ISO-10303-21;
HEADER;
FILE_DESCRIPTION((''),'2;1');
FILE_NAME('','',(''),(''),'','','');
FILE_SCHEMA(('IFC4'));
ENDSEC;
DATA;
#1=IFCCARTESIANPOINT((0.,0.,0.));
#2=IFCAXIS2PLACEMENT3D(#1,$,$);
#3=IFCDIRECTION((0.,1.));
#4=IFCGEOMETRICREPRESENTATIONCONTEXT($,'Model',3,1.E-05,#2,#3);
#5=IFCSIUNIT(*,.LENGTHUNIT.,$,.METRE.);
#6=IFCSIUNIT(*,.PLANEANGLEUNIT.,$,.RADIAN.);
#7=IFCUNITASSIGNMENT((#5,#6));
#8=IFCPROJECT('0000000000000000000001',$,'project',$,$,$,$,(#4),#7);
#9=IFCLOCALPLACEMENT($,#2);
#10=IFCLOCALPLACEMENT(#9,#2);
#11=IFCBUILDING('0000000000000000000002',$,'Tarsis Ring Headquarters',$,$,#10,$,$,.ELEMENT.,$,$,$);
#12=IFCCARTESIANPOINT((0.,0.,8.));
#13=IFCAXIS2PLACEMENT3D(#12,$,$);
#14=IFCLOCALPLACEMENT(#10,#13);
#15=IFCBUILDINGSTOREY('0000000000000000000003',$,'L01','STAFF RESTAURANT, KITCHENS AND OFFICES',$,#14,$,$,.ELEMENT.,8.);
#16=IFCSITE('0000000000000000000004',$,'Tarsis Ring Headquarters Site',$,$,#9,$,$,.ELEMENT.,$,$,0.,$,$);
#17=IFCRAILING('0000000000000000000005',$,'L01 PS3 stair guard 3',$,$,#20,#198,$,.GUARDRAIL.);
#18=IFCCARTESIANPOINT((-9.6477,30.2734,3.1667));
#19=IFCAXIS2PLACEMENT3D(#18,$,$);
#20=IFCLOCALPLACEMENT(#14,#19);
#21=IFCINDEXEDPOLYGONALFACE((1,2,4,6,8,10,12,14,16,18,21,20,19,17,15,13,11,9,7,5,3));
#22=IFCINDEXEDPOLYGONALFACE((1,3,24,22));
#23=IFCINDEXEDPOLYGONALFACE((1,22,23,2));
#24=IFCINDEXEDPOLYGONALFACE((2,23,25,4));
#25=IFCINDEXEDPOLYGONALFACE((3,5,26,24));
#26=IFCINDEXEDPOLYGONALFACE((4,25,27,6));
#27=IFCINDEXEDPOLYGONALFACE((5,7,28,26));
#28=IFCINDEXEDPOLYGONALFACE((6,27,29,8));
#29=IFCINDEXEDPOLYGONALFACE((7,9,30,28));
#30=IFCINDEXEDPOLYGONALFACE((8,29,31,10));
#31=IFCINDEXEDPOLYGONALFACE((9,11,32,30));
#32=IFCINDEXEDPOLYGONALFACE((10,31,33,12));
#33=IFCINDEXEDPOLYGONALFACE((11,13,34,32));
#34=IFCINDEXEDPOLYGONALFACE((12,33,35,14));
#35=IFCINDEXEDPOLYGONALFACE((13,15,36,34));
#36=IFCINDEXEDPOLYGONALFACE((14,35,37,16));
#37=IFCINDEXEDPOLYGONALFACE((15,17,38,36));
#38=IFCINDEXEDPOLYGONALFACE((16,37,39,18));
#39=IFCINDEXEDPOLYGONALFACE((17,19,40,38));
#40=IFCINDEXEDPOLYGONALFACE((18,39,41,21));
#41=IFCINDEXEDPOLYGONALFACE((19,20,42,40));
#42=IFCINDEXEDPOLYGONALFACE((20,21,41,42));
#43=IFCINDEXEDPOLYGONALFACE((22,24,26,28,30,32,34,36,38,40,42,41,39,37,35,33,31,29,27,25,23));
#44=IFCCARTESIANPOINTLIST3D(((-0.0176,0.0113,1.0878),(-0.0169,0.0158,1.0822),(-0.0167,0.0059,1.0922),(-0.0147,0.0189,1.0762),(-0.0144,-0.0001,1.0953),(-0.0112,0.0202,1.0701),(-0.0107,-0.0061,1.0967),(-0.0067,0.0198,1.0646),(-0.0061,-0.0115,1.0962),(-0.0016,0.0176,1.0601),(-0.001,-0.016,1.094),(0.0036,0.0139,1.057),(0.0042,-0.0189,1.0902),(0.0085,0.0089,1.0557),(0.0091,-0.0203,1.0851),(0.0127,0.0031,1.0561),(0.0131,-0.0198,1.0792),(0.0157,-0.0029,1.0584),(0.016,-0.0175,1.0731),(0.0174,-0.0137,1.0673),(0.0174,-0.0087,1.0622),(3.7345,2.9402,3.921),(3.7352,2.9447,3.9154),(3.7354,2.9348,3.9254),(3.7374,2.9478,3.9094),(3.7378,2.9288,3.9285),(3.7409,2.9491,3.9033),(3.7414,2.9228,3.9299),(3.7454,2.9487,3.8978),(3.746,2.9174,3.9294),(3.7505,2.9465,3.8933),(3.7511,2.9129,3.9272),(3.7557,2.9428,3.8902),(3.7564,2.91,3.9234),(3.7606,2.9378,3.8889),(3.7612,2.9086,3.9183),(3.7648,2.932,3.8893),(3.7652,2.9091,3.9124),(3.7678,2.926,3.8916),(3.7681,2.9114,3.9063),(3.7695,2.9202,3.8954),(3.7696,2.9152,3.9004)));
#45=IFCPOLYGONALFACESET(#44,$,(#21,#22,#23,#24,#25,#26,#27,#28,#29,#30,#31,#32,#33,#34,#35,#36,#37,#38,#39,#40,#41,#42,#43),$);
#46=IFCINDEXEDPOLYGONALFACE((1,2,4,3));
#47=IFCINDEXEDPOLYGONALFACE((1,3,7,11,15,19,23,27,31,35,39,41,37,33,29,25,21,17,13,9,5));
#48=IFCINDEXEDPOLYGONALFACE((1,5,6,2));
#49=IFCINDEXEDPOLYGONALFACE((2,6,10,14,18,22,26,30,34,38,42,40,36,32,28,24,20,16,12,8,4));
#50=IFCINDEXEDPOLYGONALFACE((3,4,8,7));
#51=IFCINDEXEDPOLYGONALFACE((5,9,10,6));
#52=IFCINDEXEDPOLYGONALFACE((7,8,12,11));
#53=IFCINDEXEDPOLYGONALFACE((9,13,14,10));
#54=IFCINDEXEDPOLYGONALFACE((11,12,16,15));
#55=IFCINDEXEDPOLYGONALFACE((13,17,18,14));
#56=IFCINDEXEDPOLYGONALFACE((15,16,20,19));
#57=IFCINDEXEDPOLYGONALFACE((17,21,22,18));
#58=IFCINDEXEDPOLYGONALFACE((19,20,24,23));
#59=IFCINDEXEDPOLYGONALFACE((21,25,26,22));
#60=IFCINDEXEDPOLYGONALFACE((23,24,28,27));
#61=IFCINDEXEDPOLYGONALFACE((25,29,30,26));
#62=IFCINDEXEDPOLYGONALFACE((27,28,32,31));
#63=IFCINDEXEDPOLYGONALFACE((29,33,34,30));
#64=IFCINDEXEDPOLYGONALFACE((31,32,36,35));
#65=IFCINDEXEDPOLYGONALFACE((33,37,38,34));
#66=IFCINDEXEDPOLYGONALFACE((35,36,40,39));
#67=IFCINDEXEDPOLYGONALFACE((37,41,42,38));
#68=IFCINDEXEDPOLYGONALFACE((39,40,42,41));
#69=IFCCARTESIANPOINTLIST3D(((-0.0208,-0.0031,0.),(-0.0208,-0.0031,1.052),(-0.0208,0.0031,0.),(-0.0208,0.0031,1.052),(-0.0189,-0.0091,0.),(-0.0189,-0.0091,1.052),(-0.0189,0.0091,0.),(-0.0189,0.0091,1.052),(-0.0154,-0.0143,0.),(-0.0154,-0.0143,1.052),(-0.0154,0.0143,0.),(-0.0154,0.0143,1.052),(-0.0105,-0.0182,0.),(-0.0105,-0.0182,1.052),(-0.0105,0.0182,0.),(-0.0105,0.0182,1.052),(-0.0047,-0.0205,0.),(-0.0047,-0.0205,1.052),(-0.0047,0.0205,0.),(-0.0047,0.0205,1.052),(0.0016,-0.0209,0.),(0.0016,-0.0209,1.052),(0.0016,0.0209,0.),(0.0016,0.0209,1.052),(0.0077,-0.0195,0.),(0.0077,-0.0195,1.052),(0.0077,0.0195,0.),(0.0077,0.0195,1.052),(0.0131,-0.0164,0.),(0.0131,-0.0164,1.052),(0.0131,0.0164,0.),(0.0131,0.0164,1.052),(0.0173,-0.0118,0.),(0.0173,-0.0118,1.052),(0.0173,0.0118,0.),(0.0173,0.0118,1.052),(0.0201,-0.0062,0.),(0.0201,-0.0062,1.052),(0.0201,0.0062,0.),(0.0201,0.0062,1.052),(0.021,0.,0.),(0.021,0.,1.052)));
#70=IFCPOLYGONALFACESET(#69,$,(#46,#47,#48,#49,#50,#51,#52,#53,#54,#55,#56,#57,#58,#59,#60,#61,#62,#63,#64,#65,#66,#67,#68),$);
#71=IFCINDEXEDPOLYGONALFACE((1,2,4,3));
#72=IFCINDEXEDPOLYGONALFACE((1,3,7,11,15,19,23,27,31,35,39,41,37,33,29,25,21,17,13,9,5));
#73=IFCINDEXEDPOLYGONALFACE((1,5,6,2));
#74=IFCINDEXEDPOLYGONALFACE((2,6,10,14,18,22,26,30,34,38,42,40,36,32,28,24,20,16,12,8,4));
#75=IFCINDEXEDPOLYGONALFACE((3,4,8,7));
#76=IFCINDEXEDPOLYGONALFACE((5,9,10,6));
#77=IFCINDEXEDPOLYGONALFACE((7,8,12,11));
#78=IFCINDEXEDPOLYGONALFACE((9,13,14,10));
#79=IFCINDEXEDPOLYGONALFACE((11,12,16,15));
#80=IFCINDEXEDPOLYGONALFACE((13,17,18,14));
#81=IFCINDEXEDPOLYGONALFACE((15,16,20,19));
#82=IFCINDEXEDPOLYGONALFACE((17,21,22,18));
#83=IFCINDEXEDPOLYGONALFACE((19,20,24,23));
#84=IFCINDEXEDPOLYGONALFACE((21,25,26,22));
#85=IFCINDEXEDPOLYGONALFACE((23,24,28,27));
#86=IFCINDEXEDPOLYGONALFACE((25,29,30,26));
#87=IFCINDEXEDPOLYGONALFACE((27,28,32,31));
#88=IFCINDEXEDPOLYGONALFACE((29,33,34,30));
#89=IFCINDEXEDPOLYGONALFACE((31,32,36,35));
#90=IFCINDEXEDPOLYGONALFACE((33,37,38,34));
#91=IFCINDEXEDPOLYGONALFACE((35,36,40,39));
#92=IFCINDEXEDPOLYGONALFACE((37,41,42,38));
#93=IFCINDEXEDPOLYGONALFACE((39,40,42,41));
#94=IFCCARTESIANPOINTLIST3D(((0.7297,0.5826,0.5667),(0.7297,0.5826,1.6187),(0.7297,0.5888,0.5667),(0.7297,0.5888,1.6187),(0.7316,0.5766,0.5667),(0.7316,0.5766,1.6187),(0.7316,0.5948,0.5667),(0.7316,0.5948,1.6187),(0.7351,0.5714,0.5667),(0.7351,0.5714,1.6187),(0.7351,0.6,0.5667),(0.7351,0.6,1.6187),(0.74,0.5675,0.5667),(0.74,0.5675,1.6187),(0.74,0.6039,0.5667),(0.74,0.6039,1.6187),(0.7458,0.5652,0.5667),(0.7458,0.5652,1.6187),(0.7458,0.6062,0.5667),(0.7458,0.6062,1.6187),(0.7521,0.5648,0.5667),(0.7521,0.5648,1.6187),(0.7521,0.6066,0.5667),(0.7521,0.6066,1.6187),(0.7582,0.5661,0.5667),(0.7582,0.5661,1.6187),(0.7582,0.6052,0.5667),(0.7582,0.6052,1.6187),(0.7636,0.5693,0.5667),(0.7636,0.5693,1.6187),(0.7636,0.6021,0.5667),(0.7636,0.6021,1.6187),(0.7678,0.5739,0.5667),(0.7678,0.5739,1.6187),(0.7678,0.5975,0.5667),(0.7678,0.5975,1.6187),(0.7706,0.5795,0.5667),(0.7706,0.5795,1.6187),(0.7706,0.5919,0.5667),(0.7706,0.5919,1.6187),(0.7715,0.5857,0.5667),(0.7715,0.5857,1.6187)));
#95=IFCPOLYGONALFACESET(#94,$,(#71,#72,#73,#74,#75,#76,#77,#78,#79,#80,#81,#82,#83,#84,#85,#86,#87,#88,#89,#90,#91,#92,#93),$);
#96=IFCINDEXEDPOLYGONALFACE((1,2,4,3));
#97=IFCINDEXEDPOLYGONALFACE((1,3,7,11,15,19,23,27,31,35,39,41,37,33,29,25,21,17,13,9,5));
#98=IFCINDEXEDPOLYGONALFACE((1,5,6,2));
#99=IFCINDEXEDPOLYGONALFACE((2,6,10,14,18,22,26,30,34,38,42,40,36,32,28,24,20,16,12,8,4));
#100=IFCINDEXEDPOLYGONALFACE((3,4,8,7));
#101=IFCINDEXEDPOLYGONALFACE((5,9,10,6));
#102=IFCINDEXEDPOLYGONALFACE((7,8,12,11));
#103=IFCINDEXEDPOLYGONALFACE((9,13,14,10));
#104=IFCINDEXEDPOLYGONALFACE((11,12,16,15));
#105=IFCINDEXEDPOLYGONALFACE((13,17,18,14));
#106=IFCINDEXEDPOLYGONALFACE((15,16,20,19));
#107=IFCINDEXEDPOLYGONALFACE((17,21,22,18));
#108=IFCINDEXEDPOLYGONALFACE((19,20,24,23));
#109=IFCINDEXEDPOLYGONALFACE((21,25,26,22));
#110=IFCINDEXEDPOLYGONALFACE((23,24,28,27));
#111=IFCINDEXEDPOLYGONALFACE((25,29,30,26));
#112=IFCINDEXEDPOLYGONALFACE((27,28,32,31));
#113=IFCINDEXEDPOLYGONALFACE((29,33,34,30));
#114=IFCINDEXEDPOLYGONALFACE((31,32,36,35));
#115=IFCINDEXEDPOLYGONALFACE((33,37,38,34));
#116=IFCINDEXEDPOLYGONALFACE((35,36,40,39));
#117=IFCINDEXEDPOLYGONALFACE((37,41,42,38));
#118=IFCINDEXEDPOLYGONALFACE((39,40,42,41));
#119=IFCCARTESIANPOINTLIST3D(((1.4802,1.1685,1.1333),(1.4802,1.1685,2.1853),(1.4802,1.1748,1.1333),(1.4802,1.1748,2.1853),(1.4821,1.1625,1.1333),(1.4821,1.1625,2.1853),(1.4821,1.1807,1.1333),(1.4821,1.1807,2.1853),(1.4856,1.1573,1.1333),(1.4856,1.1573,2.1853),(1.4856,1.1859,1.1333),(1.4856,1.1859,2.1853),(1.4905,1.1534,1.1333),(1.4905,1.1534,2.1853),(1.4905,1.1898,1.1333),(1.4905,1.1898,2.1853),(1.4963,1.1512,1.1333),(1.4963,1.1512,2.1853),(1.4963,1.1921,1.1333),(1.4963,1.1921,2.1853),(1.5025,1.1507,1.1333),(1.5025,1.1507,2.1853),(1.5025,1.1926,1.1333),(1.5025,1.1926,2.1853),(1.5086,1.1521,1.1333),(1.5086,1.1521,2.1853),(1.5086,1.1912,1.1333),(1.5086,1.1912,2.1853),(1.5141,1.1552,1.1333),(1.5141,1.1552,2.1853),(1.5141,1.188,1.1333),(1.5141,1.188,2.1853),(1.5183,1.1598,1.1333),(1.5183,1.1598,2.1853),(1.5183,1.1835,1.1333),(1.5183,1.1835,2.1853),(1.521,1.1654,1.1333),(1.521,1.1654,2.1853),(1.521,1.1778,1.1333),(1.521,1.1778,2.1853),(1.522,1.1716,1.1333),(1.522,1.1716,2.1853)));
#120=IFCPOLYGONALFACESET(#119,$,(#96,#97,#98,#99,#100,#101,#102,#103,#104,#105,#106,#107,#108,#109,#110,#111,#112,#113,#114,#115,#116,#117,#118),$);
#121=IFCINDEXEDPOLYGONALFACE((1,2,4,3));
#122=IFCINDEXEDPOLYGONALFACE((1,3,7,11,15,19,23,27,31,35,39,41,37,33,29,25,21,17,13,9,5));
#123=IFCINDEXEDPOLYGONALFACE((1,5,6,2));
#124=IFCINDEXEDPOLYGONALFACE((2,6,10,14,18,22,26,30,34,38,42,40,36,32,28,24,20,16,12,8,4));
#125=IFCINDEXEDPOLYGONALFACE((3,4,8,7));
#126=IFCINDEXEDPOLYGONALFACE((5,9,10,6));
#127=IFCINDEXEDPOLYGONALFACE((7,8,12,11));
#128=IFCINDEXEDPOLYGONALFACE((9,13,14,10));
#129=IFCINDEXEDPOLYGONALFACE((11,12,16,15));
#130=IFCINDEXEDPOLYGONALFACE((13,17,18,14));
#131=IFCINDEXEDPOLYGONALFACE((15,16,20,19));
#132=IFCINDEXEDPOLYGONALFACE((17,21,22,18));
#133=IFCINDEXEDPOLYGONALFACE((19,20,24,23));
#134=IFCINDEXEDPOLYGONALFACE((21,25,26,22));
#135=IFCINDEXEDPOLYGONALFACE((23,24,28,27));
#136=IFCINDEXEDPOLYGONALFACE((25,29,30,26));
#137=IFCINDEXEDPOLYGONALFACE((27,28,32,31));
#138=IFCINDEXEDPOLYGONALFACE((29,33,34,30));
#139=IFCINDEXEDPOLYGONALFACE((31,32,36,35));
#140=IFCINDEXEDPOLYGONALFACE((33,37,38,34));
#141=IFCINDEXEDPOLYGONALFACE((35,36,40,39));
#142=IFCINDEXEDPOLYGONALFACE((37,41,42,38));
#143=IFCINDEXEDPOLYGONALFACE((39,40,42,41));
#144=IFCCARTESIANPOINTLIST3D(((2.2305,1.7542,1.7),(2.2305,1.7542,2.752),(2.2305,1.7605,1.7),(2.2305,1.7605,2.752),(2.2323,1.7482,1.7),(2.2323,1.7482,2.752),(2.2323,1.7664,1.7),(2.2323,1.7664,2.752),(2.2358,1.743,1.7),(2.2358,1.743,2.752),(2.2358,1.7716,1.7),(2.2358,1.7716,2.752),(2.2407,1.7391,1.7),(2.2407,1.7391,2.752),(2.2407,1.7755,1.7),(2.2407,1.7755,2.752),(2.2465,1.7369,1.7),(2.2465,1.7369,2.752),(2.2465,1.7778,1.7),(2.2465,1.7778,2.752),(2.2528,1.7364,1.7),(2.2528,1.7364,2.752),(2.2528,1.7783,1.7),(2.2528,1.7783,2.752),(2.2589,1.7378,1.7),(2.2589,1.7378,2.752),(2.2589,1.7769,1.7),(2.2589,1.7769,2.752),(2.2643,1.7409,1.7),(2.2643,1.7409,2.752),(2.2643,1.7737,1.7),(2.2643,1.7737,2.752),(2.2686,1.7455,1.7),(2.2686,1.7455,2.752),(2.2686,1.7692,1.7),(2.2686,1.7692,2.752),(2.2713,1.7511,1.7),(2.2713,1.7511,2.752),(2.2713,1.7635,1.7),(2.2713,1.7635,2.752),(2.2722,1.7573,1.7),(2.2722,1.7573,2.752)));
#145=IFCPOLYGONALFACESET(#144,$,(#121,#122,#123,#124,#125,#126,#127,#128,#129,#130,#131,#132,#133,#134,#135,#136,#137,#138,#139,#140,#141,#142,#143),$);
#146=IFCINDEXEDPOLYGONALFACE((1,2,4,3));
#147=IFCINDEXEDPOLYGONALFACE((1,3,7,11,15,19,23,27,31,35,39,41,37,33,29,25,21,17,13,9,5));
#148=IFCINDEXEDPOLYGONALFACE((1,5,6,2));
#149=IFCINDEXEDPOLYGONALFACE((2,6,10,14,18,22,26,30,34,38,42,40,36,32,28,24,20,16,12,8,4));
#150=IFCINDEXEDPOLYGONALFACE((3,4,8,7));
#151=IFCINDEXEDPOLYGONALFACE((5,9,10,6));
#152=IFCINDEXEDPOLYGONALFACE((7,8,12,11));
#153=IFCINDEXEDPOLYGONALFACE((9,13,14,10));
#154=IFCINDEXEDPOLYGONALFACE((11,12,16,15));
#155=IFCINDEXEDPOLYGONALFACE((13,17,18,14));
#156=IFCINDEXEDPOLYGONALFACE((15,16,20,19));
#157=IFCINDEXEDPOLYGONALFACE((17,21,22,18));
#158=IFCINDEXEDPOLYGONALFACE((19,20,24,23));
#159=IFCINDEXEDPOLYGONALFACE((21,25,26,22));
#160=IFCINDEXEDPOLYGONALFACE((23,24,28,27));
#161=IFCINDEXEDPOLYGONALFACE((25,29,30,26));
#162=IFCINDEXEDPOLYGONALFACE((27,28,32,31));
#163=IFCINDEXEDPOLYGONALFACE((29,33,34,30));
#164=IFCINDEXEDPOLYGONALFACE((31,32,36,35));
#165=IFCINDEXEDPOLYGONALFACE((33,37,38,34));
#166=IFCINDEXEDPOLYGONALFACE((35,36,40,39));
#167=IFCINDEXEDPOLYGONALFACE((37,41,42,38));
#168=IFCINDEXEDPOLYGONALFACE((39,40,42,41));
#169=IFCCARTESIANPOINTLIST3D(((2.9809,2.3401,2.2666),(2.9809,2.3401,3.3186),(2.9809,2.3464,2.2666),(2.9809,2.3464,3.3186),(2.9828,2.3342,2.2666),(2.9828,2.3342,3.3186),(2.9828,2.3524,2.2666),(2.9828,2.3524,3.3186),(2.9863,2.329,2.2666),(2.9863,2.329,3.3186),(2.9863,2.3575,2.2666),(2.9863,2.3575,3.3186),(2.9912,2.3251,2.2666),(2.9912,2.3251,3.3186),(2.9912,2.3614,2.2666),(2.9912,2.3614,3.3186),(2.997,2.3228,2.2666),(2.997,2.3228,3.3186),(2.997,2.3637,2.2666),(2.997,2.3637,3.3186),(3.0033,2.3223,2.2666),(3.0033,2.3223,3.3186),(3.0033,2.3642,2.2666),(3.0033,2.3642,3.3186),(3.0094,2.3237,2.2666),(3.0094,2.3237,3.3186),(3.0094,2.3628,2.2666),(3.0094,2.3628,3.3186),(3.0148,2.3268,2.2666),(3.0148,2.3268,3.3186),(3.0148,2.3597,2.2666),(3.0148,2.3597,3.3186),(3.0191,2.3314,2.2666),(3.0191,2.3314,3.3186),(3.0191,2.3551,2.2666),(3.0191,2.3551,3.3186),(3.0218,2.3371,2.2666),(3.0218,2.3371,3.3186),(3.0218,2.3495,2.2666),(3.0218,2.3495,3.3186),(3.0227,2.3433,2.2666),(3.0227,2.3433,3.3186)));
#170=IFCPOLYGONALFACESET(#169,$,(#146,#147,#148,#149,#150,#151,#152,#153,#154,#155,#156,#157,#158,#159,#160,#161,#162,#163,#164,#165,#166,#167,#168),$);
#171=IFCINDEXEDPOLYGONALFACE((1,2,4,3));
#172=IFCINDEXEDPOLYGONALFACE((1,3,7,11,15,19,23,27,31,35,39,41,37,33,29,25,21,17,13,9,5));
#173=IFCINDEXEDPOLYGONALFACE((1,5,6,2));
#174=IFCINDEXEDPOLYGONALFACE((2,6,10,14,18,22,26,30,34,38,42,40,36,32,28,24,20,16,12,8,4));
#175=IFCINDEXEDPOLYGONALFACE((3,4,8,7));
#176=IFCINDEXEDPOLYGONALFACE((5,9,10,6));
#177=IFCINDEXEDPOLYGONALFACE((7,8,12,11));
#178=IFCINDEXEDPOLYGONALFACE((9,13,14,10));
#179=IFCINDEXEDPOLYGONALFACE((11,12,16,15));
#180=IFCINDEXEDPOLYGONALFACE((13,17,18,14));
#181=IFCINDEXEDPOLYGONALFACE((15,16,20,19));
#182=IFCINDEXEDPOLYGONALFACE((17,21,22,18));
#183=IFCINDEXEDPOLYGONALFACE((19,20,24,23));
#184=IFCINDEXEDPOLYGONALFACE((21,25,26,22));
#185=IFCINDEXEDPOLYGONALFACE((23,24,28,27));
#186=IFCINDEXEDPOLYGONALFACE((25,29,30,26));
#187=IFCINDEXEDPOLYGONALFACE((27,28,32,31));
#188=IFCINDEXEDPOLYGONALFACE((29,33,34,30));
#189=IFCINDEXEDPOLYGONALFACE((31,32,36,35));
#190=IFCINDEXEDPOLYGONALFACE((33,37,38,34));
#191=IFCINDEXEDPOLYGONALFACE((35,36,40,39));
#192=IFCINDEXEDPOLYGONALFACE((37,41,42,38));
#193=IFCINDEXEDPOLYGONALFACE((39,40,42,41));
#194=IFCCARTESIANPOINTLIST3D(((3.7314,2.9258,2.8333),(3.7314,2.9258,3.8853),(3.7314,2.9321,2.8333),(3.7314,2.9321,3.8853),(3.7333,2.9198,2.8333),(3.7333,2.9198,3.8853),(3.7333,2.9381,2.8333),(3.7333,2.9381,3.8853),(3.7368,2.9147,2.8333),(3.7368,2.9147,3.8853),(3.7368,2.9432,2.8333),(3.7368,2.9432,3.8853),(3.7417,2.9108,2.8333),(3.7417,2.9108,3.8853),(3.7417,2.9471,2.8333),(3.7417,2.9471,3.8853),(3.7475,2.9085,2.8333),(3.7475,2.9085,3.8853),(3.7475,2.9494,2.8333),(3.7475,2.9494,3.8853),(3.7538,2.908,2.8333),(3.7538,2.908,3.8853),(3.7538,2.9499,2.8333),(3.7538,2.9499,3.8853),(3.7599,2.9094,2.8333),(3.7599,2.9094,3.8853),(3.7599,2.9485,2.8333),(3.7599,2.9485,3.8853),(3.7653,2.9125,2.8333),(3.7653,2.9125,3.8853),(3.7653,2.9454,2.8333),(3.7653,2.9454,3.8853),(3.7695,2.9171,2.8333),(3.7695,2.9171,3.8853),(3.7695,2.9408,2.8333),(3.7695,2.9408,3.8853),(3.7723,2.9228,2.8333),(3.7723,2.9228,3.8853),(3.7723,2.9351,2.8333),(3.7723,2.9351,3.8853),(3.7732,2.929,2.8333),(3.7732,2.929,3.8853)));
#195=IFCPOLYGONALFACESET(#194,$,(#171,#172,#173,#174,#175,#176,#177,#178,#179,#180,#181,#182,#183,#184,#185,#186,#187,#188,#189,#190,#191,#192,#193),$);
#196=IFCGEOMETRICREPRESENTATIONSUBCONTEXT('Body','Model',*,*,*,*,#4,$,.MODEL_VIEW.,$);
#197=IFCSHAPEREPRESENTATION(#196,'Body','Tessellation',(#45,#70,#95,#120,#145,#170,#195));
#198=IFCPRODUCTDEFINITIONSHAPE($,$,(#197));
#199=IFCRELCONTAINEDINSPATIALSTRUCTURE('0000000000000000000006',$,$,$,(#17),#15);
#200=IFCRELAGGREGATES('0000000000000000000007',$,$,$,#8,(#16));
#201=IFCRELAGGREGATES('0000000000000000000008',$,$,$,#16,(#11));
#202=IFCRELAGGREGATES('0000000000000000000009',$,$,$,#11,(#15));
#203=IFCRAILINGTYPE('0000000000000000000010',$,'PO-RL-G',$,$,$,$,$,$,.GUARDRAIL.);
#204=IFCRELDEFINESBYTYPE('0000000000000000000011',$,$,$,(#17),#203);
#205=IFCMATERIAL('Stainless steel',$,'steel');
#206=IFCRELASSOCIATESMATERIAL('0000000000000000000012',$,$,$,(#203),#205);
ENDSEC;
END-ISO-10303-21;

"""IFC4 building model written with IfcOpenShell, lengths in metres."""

from ifc_helpers import new_model, si_unit, direction, frame, origin, origin_2d, place, context, subcontext, project, spatial, circle, extrude, material, type_object, element, save


model = new_model("IFC4")

# Units and contexts
model_context = context("Model", 3, precision=1e-05, world=origin(), true_north=direction((0.0, 1.0)))
body_context = subcontext(model_context, "Body", "Model", "MODEL_VIEW")
ifc_project = project(units=[si_unit("LENGTHUNIT", "METRE"), si_unit("PLANEANGLEUNIT", "RADIAN")], contexts=[model_context])

# Site, building, storey
site_placement = place(None, origin())
site = spatial("IfcSite", under=ifc_project, at=site_placement, Name="Tarsis Ring Headquarters Site", CompositionType="ELEMENT", RefElevation=0.0)
building_placement = place(site_placement, origin())
building = spatial("IfcBuilding", under=site, at=building_placement, Name="Tarsis Ring Headquarters", CompositionType="ELEMENT")
storey_placement = place(building_placement, frame((0.0, 0.0, 8.0)))
storey = spatial("IfcBuildingStorey", under=building, at=storey_placement, Name="L01", Description="STAFF RESTAURANT, KITCHENS AND OFFICES", CompositionType="ELEMENT", Elevation=8.0)

# Railing
ifc_material_1 = material(Name="Stainless steel", Category="steel")
railing_type_1 = type_object("IfcRailingType", Name="PO-RL-G", PredefinedType="GUARDRAIL", material=ifc_material_1)
railing_1_placement = place(storey_placement, frame((-9.6477, 30.2734, 3.1667)))
element("IfcRailing", 1, at=railing_1_placement, inside=storey, type_object=railing_type_1, Name="L01 PS3 stair guard 3", PredefinedType="GUARDRAIL", context=body_context, shape_type="SweptSolid", body=[
    extrude(circle(Radius=0.0239, at=origin_2d()), frame((0.0, 0.0, 1.0762), z_axis=(0.677364, 0.528748, 0.511472), x_axis=(-0.615324, 0.788274, 0.0)), (0.0, 0.0, 1.0), 5.5393),
    extrude(circle(Radius=0.021, at=origin_2d()), origin(), (0.0, 0.0, 1.0), 1.052),
    extrude(circle(Radius=0.021, at=origin_2d()), frame((0.7505, 0.5857, 0.5667)), (0.0, 0.0, 1.0), 1.052),
    extrude(circle(Radius=0.021, at=origin_2d()), frame((1.501, 1.1716, 1.1333)), (0.0, 0.0, 1.0), 1.052),
    extrude(circle(Radius=0.021, at=origin_2d()), frame((2.2512, 1.7573, 1.7)), (0.0, 0.0, 1.0), 1.052),
    extrude(circle(Radius=0.021, at=origin_2d()), frame((3.0017, 2.3433, 2.2666)), (0.0, 0.0, 1.0), 1.052),
    extrude(circle(Radius=0.021, at=origin_2d()), frame((3.7522, 2.929, 2.8333)), (0.0, 0.0, 1.0), 1.052),
])

save(model, "model.ifc")
